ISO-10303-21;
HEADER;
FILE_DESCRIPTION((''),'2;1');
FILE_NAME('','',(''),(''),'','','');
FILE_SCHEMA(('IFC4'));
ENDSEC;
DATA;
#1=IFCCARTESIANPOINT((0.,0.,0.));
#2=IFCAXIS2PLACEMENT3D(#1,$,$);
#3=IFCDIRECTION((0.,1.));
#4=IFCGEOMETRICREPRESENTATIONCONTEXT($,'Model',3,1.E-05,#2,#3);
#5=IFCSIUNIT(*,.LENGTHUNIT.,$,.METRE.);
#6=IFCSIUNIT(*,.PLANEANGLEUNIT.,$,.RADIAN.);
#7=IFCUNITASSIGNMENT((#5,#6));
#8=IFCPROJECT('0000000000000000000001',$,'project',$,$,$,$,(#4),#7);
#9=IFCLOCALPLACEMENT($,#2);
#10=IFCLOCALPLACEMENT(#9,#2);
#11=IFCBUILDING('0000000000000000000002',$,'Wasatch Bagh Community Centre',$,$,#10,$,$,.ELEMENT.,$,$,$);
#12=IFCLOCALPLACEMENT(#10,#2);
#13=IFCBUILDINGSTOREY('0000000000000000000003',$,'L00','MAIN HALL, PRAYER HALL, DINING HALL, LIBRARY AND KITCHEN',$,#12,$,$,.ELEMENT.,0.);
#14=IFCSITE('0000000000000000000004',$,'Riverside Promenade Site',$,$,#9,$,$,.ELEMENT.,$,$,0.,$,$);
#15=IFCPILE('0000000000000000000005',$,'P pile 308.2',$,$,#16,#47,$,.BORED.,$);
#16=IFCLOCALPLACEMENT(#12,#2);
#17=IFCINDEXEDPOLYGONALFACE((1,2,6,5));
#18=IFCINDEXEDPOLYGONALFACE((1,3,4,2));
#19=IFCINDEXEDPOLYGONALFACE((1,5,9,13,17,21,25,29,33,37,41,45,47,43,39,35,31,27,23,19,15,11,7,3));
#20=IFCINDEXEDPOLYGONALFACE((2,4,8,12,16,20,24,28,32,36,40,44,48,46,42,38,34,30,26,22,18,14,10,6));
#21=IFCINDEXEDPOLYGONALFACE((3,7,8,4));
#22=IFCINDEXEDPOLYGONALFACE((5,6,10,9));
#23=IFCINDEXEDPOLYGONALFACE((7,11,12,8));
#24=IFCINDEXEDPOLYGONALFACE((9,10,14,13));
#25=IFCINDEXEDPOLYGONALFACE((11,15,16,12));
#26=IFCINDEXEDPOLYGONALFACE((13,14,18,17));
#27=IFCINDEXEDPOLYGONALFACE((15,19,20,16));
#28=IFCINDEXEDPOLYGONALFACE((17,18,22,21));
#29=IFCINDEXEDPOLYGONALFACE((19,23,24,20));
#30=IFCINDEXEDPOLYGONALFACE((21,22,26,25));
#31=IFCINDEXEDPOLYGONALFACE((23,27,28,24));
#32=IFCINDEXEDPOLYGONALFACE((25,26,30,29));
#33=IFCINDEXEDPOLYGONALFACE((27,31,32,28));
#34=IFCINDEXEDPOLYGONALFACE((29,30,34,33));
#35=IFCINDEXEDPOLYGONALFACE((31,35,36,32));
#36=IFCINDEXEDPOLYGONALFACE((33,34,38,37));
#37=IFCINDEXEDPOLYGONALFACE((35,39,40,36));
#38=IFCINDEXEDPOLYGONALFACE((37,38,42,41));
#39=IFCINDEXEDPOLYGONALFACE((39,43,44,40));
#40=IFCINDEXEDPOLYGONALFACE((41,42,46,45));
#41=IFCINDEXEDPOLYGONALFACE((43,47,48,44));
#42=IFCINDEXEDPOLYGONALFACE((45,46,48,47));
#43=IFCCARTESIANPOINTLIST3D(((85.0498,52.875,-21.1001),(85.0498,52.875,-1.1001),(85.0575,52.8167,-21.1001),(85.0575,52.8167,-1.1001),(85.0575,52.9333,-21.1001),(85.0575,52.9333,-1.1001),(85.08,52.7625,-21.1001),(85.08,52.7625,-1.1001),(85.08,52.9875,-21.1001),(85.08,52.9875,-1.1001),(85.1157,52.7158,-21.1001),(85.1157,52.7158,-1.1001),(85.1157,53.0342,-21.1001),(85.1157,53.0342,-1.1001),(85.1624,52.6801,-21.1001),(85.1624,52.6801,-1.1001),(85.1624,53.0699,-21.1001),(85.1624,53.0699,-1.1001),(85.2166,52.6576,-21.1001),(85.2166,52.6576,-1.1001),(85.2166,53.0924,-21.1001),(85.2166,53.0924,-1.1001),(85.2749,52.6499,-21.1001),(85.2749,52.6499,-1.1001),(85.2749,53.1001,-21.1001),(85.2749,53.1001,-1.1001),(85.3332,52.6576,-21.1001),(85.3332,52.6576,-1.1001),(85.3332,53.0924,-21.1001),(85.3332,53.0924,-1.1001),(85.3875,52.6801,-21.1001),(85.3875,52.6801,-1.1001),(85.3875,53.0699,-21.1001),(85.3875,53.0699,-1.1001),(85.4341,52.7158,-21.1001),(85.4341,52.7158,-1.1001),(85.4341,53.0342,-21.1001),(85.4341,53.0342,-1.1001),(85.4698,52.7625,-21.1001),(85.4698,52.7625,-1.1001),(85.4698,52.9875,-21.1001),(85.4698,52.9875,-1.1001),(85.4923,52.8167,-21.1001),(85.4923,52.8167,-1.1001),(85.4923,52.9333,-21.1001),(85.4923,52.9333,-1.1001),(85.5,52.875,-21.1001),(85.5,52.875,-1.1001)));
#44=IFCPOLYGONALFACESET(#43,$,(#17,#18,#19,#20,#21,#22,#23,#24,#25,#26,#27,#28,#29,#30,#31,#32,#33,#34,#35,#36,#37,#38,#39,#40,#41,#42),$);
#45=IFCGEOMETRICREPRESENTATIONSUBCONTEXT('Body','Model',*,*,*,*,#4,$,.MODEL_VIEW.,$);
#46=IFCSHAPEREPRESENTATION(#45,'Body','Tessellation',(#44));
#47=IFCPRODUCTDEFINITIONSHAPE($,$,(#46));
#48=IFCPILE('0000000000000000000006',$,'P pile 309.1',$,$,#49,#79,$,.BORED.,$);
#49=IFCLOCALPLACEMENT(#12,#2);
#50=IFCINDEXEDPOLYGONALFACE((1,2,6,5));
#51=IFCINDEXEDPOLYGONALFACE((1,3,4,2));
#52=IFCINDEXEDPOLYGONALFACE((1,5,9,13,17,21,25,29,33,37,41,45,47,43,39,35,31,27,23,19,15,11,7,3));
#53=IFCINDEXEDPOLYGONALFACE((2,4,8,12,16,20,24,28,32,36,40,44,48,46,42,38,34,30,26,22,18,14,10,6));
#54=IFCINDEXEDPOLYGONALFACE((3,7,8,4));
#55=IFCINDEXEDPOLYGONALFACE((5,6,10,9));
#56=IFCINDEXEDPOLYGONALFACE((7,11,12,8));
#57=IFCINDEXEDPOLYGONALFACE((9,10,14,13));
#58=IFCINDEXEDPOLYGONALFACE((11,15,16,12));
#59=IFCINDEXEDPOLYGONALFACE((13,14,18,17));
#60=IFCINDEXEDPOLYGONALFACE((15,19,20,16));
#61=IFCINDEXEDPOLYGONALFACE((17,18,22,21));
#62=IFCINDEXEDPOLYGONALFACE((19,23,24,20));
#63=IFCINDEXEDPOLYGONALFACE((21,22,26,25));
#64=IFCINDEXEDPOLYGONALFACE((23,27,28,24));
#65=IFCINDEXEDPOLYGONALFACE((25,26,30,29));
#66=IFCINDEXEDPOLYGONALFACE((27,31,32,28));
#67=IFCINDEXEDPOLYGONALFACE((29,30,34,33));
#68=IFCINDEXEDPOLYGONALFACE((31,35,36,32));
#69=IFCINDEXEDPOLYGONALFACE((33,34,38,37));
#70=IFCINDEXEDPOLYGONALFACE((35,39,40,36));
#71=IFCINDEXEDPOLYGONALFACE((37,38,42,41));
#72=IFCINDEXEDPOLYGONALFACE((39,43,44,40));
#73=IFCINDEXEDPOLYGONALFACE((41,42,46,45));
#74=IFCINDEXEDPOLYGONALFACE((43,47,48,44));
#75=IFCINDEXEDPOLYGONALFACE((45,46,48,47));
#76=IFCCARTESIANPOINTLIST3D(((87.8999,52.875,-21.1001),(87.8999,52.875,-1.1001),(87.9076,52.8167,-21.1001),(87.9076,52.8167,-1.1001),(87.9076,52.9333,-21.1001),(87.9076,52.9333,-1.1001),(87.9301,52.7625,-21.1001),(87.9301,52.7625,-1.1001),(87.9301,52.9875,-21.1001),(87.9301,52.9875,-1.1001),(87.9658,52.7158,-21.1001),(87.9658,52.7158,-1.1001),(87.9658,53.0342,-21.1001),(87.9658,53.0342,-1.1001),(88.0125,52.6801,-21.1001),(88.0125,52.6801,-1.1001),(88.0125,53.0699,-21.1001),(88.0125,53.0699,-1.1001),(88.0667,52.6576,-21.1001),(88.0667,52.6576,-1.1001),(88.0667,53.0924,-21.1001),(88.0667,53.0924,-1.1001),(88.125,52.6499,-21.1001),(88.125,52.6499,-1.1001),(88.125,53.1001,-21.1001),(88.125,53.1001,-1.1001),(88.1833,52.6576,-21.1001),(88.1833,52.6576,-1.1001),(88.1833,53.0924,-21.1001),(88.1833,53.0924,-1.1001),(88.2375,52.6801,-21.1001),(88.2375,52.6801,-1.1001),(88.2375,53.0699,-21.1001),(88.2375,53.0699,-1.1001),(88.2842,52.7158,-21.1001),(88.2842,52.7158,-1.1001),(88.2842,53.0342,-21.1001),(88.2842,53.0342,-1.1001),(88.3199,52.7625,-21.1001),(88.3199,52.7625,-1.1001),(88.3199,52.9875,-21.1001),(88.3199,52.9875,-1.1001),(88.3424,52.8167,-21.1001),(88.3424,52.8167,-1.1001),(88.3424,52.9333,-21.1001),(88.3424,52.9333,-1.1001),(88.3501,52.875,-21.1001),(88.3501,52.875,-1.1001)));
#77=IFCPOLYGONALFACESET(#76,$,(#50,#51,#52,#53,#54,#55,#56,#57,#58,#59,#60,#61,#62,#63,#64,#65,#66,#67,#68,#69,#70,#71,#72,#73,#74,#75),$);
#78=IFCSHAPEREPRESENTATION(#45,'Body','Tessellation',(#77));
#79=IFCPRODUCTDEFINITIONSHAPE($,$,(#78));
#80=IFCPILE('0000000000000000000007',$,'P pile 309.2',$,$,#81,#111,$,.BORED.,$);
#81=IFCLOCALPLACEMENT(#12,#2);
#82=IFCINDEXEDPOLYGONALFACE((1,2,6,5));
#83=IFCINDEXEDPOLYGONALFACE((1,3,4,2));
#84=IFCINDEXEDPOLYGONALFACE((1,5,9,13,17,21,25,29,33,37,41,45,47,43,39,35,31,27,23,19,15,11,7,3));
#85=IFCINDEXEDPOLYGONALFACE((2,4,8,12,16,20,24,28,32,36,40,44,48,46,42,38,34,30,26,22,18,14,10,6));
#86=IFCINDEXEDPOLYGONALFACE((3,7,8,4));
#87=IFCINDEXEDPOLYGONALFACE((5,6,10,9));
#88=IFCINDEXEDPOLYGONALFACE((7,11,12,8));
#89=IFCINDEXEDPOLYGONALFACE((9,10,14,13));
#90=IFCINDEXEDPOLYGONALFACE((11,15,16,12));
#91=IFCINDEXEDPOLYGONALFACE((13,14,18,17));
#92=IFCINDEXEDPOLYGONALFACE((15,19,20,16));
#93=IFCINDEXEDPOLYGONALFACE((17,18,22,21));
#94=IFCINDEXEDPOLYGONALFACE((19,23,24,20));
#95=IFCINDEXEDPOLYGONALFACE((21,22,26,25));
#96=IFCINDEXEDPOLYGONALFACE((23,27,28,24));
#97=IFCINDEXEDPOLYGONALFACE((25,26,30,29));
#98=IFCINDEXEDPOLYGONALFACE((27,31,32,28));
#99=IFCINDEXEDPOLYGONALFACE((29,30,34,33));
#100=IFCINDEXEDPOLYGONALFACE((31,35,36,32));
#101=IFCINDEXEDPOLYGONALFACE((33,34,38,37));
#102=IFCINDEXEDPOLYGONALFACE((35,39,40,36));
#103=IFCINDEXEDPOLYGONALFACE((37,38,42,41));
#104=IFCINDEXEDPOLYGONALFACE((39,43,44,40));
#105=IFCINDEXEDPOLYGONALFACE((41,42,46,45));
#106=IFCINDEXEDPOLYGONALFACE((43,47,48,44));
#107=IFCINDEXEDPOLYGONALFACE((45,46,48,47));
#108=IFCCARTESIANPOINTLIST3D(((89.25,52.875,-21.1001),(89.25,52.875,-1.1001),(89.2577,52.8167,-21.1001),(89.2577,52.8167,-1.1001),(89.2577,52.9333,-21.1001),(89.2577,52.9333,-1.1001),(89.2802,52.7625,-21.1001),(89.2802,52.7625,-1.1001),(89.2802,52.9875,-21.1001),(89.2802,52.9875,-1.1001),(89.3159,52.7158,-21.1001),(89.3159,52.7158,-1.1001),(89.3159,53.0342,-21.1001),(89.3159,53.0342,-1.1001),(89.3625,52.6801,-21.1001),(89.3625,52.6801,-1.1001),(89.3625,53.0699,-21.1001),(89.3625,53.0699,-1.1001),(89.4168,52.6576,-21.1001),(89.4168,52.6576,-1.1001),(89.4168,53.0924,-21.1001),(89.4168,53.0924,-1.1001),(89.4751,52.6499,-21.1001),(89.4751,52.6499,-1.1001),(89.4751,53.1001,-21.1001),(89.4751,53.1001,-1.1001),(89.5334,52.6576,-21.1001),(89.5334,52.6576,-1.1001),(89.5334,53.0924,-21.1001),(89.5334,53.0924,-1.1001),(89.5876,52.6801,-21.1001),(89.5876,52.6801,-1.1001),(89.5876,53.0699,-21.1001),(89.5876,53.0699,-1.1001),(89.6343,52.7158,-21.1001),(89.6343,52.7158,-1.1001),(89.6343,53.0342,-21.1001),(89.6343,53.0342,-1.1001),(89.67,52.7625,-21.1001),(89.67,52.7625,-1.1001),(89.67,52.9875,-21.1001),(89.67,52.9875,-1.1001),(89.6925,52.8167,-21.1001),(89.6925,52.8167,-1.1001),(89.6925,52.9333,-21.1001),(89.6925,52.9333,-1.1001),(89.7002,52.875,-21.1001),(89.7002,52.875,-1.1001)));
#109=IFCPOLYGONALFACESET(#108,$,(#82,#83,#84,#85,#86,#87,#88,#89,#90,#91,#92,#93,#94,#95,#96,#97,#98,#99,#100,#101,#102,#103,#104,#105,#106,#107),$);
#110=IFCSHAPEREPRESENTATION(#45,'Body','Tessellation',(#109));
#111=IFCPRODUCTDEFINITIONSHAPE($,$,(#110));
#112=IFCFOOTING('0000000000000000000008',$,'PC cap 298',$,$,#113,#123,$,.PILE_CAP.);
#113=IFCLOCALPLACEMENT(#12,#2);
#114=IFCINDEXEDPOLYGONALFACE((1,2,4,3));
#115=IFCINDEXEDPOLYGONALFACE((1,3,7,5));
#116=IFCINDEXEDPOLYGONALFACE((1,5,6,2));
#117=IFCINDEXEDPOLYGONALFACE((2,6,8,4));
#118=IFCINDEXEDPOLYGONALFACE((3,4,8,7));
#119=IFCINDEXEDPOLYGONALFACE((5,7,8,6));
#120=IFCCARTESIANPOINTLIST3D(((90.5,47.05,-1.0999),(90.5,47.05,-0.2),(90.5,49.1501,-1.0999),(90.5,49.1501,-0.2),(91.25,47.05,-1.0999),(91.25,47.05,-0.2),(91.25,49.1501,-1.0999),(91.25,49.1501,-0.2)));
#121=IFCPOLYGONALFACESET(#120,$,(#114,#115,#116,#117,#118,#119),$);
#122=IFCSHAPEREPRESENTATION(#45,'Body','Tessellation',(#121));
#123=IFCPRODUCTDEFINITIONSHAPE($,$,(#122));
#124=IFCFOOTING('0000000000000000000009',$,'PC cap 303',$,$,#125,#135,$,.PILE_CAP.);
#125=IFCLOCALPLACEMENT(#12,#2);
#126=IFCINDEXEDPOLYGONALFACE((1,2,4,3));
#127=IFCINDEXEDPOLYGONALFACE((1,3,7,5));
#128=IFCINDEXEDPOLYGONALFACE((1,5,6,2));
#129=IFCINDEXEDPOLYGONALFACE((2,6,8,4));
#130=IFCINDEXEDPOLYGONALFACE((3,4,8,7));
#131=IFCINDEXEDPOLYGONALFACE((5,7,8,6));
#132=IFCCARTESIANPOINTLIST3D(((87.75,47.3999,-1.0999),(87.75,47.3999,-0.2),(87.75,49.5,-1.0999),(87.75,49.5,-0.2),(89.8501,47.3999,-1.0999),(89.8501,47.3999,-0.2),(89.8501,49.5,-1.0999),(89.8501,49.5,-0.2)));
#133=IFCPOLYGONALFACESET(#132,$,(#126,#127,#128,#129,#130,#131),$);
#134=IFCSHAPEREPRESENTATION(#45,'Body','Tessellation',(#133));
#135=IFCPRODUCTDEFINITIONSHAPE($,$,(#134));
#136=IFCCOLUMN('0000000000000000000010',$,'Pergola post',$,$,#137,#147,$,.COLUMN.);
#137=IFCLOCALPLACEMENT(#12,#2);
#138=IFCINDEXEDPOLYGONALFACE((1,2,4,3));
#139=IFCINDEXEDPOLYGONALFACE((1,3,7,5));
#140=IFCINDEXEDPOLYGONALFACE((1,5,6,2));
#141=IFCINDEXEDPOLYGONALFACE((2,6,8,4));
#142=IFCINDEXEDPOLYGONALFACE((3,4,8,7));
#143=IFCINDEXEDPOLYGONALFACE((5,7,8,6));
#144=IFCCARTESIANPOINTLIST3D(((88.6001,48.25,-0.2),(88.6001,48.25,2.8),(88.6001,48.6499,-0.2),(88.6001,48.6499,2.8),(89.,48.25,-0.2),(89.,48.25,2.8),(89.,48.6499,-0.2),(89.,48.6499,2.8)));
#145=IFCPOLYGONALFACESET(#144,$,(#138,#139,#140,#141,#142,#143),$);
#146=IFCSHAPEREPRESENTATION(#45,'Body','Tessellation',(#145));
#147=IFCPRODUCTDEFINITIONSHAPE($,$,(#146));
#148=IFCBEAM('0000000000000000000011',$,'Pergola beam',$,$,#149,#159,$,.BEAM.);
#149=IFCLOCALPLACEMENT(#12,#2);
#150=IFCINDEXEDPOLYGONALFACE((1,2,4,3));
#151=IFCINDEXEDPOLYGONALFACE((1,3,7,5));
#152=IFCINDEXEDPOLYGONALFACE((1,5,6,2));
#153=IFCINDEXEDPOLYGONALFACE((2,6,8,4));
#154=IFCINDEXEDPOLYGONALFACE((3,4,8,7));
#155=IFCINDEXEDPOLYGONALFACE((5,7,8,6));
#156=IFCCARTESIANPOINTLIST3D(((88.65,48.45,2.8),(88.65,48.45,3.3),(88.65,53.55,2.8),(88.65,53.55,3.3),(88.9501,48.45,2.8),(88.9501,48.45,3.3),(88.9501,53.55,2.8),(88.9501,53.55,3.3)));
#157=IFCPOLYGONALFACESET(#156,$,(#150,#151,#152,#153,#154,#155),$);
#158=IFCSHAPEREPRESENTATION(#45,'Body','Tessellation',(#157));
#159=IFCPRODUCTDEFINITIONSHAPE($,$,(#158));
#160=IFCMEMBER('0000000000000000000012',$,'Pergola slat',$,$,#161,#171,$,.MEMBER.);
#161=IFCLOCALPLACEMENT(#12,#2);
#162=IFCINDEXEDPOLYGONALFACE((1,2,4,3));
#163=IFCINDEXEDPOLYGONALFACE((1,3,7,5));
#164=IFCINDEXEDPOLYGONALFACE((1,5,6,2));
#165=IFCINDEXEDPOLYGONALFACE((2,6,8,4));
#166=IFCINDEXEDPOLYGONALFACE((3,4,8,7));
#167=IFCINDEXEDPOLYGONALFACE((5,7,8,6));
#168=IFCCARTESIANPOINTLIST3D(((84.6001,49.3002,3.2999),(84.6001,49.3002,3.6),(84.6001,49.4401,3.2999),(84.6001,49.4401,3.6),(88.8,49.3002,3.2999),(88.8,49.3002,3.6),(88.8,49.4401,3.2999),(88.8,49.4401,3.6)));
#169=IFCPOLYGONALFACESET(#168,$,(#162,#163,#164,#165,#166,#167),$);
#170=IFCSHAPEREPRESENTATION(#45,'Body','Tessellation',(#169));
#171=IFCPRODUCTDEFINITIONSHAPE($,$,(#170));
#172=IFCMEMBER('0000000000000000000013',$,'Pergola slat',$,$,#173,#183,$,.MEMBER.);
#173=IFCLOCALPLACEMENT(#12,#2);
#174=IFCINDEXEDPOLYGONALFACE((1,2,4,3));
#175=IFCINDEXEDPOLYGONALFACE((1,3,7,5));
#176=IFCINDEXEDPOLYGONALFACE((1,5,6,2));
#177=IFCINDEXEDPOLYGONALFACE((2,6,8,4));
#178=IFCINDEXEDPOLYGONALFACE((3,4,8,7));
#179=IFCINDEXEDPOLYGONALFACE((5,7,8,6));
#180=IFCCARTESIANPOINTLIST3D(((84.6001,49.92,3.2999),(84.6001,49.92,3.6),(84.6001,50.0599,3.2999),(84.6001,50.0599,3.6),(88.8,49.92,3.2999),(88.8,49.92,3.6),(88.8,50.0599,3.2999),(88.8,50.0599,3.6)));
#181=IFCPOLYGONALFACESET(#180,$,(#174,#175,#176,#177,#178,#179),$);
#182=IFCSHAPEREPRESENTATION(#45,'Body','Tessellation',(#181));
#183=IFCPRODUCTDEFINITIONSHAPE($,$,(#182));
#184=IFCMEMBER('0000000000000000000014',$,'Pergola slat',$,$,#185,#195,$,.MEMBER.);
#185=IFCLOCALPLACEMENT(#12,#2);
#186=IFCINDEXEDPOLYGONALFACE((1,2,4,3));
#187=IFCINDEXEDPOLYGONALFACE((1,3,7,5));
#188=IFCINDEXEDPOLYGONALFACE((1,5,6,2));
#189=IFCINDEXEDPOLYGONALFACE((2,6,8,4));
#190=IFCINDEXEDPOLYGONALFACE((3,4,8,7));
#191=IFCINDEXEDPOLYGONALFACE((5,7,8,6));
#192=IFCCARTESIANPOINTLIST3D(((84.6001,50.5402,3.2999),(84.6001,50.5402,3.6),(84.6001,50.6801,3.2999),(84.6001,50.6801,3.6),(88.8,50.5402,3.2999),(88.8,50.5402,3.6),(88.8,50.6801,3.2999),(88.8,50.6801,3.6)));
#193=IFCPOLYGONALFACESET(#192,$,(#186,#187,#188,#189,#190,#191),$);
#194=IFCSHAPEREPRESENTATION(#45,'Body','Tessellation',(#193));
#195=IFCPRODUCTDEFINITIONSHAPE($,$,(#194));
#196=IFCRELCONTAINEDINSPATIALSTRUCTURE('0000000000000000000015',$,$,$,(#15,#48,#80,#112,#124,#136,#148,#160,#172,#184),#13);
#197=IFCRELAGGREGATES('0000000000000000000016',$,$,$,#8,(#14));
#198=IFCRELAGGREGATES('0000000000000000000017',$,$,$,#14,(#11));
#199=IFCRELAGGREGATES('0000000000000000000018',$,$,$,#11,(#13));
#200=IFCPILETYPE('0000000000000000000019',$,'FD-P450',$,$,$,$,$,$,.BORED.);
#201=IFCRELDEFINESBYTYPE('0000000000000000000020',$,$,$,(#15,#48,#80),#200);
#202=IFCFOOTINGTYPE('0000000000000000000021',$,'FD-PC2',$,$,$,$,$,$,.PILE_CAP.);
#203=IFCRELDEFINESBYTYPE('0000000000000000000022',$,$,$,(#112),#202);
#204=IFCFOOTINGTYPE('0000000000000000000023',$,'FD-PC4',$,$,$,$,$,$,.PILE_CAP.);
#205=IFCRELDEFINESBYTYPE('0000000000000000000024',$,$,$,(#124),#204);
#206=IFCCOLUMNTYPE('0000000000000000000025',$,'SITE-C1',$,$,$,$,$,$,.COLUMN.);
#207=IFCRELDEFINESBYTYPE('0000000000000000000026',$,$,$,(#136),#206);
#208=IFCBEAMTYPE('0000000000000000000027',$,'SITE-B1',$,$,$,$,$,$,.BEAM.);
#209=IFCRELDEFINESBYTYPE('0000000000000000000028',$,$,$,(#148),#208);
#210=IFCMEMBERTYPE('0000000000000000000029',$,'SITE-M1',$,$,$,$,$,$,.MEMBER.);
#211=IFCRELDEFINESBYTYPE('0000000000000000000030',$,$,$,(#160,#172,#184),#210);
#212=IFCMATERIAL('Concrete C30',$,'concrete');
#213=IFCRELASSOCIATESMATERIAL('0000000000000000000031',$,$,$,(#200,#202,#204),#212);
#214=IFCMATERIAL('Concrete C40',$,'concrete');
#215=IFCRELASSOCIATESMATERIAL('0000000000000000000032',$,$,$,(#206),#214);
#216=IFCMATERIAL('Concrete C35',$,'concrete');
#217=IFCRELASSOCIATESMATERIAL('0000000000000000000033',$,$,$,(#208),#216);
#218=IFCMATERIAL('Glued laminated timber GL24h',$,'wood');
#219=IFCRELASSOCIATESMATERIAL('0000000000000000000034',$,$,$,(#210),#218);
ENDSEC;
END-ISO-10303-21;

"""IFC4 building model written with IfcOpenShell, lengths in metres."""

from ifc_helpers import new_model, si_unit, direction, frame, origin, origin_2d, place, context, subcontext, project, spatial, rectangle, circle, extrude, material, material_profile, profile_set, type_object, element, save


model = new_model("IFC4")

# Units and contexts
model_context = context("Model", 3, precision=1e-05, world=origin(), true_north=direction((0.0, 1.0)))
body_context = subcontext(model_context, "Body", "Model", "MODEL_VIEW")
ifc_project = project(units=[si_unit("LENGTHUNIT", "METRE"), si_unit("PLANEANGLEUNIT", "RADIAN")], contexts=[model_context])

# Site, building, storey
site_placement = place(None, origin())
site = spatial("IfcSite", under=ifc_project, at=site_placement, Name="Riverside Promenade Site", CompositionType="ELEMENT", RefElevation=0.0)
building_placement = place(site_placement, origin())
building = spatial("IfcBuilding", under=site, at=building_placement, Name="Wasatch Bagh Community Centre", CompositionType="ELEMENT")
storey_placement = place(building_placement, origin())
storey = spatial("IfcBuildingStorey", under=building, at=storey_placement, Name="L00", Description="MAIN HALL, PRAYER HALL, DINING HALL, LIBRARY AND KITCHEN", CompositionType="ELEMENT", Elevation=0.0)

# Shared definitions
ifc_material_1 = material(Name="Concrete C35", Category="concrete")

# Piles
ifc_material_2 = material(Name="Concrete C30", Category="concrete")
ifc_material_profile_1 = material_profile(ifc_material_2, circle(Radius=0.2251, at=origin_2d()), Name="RC D450")
ifc_profile_set_1 = profile_set([ifc_material_profile_1], Name="Concrete C30")
pile_type = type_object("IfcPileType", Name="FD-P450", PredefinedType="BORED", material=ifc_profile_set_1)
for number, where, z_axis, x_axis, name in (
    (1, (85.2749, 52.875, -1.1001), (0.0, 0.0, -1.0), (1.0, 0.0, 0.0), "P pile 308.2"),
    (2, (88.125, 52.875, -1.1001), (0.0, 0.0, -1.0), (1.0, 0.0, 0.0), "P pile 309.1"),
    (3, (89.4751, 52.875, -1.1001), (0.0, 0.0, -1.0), (1.0, 0.0, 0.0), "P pile 309.2"),
):
    element("IfcPile", number, at=place(storey_placement, frame(where, z_axis=z_axis, x_axis=x_axis)), inside=storey, type_object=pile_type, Name=name, PredefinedType="BORED", context=body_context, shape_type="SweptSolid", body=[
        extrude(circle(Radius=0.2251, at=origin_2d()), origin(), (0.0, 0.0, 1.0), 20.0),
    ])

# Footings
footing_type_1 = type_object("IfcFootingType", Name="FD-PC2", PredefinedType="PILE_CAP", material=ifc_material_2)
footing_1_placement = place(storey_placement, frame((90.875, 48.1001, -1.0999), z_axis=(0.0, 0.0, 1.0), x_axis=(0.0, 1.0, 0.0)))
element("IfcFooting", 4, at=footing_1_placement, inside=storey, type_object=footing_type_1, Name="PC cap 298", PredefinedType="PILE_CAP", context=body_context, shape_type="SweptSolid", body=[
    extrude(rectangle(XDim=2.1001, YDim=0.75, at=origin_2d()), origin(), (0.0, 0.0, 1.0), 0.8999),
])
footing_type_2 = type_object("IfcFootingType", Name="FD-PC4", PredefinedType="PILE_CAP", material=ifc_material_2)
footing_2_placement = place(storey_placement, frame((88.8, 48.45, -1.0999), z_axis=(0.0, 0.0, 1.0), x_axis=(1.0, 0.0, 0.0)))
element("IfcFooting", 5, at=footing_2_placement, inside=storey, type_object=footing_type_2, Name="PC cap 303", PredefinedType="PILE_CAP", context=body_context, shape_type="SweptSolid", body=[
    extrude(rectangle(XDim=2.1001, YDim=2.1001, at=origin_2d()), origin(), (0.0, 0.0, 1.0), 0.8999),
])

# Column
ifc_material_3 = material(Name="Concrete C40", Category="concrete")
ifc_material_profile_2 = material_profile(ifc_material_3, rectangle(XDim=0.3999, YDim=0.3999, at=origin_2d()), Name="RC 400x400")
ifc_profile_set_2 = profile_set([ifc_material_profile_2], Name="Concrete C40")
column_type = type_object("IfcColumnType", Name="SITE-C1", PredefinedType="COLUMN", material=ifc_profile_set_2)
column_placement = place(storey_placement, frame((88.8, 48.45, -0.2), z_axis=(0.0, 0.0, 1.0), x_axis=(1.0, 0.0, 0.0)))
element("IfcColumn", 6, at=column_placement, inside=storey, type_object=column_type, Name="Pergola post", PredefinedType="COLUMN", context=body_context, shape_type="SweptSolid", body=[
    extrude(rectangle(XDim=0.3999, YDim=0.3999, at=origin_2d()), origin(), (0.0, 0.0, 1.0), 3.0),
])

# Beam
ifc_material_profile_3 = material_profile(ifc_material_1, rectangle(XDim=0.3, YDim=0.5, at=origin_2d()), Name="RC 300x500")
ifc_profile_set_3 = profile_set([ifc_material_profile_3], Name="Concrete C35")
beam_type = type_object("IfcBeamType", Name="SITE-B1", PredefinedType="BEAM", material=ifc_profile_set_3)
beam_placement = place(storey_placement, frame((88.8, 48.45, 3.05), z_axis=(0.0, 1.0, 0.0), x_axis=(-1.0, 0.0, 0.0)))
element("IfcBeam", 7, at=beam_placement, inside=storey, type_object=beam_type, Name="Pergola beam", PredefinedType="BEAM", context=body_context, shape_type="SweptSolid", body=[
    extrude(rectangle(XDim=0.3, YDim=0.5, at=origin_2d()), origin(), (0.0, 0.0, 1.0), 5.1001),
])

# Members
ifc_material_4 = material(Name="Glued laminated timber GL24h", Category="wood")
ifc_material_profile_4 = material_profile(ifc_material_4, rectangle(XDim=0.1399, YDim=0.3, at=origin_2d()), Name="GL 140x300")
ifc_profile_set_4 = profile_set([ifc_material_profile_4], Name="Glued laminated timber GL24h")
member_type = type_object("IfcMemberType", Name="SITE-M1", PredefinedType="MEMBER", material=ifc_profile_set_4)
for number, where, z_axis, x_axis, name in (
    (8, (84.6001, 49.3701, 3.45), (1.0, 0.0, 0.0), (0.0, 1.0, 0.0), "Pergola slat"),
    (9, (84.6001, 49.99, 3.45), (1.0, 0.0, 0.0), (0.0, 1.0, 0.0), "Pergola slat"),
    (10, (84.6001, 50.6101, 3.45), (1.0, 0.0, 0.0), (0.0, 1.0, 0.0), "Pergola slat"),
):
    element("IfcMember", number, at=place(storey_placement, frame(where, z_axis=z_axis, x_axis=x_axis)), inside=storey, type_object=member_type, Name=name, PredefinedType="MEMBER", context=body_context, shape_type="SweptSolid", body=[
        extrude(rectangle(XDim=0.1399, YDim=0.3, at=origin_2d()), origin(), (0.0, 0.0, 1.0), 4.2),
    ])

save(model, "model.ifc")
